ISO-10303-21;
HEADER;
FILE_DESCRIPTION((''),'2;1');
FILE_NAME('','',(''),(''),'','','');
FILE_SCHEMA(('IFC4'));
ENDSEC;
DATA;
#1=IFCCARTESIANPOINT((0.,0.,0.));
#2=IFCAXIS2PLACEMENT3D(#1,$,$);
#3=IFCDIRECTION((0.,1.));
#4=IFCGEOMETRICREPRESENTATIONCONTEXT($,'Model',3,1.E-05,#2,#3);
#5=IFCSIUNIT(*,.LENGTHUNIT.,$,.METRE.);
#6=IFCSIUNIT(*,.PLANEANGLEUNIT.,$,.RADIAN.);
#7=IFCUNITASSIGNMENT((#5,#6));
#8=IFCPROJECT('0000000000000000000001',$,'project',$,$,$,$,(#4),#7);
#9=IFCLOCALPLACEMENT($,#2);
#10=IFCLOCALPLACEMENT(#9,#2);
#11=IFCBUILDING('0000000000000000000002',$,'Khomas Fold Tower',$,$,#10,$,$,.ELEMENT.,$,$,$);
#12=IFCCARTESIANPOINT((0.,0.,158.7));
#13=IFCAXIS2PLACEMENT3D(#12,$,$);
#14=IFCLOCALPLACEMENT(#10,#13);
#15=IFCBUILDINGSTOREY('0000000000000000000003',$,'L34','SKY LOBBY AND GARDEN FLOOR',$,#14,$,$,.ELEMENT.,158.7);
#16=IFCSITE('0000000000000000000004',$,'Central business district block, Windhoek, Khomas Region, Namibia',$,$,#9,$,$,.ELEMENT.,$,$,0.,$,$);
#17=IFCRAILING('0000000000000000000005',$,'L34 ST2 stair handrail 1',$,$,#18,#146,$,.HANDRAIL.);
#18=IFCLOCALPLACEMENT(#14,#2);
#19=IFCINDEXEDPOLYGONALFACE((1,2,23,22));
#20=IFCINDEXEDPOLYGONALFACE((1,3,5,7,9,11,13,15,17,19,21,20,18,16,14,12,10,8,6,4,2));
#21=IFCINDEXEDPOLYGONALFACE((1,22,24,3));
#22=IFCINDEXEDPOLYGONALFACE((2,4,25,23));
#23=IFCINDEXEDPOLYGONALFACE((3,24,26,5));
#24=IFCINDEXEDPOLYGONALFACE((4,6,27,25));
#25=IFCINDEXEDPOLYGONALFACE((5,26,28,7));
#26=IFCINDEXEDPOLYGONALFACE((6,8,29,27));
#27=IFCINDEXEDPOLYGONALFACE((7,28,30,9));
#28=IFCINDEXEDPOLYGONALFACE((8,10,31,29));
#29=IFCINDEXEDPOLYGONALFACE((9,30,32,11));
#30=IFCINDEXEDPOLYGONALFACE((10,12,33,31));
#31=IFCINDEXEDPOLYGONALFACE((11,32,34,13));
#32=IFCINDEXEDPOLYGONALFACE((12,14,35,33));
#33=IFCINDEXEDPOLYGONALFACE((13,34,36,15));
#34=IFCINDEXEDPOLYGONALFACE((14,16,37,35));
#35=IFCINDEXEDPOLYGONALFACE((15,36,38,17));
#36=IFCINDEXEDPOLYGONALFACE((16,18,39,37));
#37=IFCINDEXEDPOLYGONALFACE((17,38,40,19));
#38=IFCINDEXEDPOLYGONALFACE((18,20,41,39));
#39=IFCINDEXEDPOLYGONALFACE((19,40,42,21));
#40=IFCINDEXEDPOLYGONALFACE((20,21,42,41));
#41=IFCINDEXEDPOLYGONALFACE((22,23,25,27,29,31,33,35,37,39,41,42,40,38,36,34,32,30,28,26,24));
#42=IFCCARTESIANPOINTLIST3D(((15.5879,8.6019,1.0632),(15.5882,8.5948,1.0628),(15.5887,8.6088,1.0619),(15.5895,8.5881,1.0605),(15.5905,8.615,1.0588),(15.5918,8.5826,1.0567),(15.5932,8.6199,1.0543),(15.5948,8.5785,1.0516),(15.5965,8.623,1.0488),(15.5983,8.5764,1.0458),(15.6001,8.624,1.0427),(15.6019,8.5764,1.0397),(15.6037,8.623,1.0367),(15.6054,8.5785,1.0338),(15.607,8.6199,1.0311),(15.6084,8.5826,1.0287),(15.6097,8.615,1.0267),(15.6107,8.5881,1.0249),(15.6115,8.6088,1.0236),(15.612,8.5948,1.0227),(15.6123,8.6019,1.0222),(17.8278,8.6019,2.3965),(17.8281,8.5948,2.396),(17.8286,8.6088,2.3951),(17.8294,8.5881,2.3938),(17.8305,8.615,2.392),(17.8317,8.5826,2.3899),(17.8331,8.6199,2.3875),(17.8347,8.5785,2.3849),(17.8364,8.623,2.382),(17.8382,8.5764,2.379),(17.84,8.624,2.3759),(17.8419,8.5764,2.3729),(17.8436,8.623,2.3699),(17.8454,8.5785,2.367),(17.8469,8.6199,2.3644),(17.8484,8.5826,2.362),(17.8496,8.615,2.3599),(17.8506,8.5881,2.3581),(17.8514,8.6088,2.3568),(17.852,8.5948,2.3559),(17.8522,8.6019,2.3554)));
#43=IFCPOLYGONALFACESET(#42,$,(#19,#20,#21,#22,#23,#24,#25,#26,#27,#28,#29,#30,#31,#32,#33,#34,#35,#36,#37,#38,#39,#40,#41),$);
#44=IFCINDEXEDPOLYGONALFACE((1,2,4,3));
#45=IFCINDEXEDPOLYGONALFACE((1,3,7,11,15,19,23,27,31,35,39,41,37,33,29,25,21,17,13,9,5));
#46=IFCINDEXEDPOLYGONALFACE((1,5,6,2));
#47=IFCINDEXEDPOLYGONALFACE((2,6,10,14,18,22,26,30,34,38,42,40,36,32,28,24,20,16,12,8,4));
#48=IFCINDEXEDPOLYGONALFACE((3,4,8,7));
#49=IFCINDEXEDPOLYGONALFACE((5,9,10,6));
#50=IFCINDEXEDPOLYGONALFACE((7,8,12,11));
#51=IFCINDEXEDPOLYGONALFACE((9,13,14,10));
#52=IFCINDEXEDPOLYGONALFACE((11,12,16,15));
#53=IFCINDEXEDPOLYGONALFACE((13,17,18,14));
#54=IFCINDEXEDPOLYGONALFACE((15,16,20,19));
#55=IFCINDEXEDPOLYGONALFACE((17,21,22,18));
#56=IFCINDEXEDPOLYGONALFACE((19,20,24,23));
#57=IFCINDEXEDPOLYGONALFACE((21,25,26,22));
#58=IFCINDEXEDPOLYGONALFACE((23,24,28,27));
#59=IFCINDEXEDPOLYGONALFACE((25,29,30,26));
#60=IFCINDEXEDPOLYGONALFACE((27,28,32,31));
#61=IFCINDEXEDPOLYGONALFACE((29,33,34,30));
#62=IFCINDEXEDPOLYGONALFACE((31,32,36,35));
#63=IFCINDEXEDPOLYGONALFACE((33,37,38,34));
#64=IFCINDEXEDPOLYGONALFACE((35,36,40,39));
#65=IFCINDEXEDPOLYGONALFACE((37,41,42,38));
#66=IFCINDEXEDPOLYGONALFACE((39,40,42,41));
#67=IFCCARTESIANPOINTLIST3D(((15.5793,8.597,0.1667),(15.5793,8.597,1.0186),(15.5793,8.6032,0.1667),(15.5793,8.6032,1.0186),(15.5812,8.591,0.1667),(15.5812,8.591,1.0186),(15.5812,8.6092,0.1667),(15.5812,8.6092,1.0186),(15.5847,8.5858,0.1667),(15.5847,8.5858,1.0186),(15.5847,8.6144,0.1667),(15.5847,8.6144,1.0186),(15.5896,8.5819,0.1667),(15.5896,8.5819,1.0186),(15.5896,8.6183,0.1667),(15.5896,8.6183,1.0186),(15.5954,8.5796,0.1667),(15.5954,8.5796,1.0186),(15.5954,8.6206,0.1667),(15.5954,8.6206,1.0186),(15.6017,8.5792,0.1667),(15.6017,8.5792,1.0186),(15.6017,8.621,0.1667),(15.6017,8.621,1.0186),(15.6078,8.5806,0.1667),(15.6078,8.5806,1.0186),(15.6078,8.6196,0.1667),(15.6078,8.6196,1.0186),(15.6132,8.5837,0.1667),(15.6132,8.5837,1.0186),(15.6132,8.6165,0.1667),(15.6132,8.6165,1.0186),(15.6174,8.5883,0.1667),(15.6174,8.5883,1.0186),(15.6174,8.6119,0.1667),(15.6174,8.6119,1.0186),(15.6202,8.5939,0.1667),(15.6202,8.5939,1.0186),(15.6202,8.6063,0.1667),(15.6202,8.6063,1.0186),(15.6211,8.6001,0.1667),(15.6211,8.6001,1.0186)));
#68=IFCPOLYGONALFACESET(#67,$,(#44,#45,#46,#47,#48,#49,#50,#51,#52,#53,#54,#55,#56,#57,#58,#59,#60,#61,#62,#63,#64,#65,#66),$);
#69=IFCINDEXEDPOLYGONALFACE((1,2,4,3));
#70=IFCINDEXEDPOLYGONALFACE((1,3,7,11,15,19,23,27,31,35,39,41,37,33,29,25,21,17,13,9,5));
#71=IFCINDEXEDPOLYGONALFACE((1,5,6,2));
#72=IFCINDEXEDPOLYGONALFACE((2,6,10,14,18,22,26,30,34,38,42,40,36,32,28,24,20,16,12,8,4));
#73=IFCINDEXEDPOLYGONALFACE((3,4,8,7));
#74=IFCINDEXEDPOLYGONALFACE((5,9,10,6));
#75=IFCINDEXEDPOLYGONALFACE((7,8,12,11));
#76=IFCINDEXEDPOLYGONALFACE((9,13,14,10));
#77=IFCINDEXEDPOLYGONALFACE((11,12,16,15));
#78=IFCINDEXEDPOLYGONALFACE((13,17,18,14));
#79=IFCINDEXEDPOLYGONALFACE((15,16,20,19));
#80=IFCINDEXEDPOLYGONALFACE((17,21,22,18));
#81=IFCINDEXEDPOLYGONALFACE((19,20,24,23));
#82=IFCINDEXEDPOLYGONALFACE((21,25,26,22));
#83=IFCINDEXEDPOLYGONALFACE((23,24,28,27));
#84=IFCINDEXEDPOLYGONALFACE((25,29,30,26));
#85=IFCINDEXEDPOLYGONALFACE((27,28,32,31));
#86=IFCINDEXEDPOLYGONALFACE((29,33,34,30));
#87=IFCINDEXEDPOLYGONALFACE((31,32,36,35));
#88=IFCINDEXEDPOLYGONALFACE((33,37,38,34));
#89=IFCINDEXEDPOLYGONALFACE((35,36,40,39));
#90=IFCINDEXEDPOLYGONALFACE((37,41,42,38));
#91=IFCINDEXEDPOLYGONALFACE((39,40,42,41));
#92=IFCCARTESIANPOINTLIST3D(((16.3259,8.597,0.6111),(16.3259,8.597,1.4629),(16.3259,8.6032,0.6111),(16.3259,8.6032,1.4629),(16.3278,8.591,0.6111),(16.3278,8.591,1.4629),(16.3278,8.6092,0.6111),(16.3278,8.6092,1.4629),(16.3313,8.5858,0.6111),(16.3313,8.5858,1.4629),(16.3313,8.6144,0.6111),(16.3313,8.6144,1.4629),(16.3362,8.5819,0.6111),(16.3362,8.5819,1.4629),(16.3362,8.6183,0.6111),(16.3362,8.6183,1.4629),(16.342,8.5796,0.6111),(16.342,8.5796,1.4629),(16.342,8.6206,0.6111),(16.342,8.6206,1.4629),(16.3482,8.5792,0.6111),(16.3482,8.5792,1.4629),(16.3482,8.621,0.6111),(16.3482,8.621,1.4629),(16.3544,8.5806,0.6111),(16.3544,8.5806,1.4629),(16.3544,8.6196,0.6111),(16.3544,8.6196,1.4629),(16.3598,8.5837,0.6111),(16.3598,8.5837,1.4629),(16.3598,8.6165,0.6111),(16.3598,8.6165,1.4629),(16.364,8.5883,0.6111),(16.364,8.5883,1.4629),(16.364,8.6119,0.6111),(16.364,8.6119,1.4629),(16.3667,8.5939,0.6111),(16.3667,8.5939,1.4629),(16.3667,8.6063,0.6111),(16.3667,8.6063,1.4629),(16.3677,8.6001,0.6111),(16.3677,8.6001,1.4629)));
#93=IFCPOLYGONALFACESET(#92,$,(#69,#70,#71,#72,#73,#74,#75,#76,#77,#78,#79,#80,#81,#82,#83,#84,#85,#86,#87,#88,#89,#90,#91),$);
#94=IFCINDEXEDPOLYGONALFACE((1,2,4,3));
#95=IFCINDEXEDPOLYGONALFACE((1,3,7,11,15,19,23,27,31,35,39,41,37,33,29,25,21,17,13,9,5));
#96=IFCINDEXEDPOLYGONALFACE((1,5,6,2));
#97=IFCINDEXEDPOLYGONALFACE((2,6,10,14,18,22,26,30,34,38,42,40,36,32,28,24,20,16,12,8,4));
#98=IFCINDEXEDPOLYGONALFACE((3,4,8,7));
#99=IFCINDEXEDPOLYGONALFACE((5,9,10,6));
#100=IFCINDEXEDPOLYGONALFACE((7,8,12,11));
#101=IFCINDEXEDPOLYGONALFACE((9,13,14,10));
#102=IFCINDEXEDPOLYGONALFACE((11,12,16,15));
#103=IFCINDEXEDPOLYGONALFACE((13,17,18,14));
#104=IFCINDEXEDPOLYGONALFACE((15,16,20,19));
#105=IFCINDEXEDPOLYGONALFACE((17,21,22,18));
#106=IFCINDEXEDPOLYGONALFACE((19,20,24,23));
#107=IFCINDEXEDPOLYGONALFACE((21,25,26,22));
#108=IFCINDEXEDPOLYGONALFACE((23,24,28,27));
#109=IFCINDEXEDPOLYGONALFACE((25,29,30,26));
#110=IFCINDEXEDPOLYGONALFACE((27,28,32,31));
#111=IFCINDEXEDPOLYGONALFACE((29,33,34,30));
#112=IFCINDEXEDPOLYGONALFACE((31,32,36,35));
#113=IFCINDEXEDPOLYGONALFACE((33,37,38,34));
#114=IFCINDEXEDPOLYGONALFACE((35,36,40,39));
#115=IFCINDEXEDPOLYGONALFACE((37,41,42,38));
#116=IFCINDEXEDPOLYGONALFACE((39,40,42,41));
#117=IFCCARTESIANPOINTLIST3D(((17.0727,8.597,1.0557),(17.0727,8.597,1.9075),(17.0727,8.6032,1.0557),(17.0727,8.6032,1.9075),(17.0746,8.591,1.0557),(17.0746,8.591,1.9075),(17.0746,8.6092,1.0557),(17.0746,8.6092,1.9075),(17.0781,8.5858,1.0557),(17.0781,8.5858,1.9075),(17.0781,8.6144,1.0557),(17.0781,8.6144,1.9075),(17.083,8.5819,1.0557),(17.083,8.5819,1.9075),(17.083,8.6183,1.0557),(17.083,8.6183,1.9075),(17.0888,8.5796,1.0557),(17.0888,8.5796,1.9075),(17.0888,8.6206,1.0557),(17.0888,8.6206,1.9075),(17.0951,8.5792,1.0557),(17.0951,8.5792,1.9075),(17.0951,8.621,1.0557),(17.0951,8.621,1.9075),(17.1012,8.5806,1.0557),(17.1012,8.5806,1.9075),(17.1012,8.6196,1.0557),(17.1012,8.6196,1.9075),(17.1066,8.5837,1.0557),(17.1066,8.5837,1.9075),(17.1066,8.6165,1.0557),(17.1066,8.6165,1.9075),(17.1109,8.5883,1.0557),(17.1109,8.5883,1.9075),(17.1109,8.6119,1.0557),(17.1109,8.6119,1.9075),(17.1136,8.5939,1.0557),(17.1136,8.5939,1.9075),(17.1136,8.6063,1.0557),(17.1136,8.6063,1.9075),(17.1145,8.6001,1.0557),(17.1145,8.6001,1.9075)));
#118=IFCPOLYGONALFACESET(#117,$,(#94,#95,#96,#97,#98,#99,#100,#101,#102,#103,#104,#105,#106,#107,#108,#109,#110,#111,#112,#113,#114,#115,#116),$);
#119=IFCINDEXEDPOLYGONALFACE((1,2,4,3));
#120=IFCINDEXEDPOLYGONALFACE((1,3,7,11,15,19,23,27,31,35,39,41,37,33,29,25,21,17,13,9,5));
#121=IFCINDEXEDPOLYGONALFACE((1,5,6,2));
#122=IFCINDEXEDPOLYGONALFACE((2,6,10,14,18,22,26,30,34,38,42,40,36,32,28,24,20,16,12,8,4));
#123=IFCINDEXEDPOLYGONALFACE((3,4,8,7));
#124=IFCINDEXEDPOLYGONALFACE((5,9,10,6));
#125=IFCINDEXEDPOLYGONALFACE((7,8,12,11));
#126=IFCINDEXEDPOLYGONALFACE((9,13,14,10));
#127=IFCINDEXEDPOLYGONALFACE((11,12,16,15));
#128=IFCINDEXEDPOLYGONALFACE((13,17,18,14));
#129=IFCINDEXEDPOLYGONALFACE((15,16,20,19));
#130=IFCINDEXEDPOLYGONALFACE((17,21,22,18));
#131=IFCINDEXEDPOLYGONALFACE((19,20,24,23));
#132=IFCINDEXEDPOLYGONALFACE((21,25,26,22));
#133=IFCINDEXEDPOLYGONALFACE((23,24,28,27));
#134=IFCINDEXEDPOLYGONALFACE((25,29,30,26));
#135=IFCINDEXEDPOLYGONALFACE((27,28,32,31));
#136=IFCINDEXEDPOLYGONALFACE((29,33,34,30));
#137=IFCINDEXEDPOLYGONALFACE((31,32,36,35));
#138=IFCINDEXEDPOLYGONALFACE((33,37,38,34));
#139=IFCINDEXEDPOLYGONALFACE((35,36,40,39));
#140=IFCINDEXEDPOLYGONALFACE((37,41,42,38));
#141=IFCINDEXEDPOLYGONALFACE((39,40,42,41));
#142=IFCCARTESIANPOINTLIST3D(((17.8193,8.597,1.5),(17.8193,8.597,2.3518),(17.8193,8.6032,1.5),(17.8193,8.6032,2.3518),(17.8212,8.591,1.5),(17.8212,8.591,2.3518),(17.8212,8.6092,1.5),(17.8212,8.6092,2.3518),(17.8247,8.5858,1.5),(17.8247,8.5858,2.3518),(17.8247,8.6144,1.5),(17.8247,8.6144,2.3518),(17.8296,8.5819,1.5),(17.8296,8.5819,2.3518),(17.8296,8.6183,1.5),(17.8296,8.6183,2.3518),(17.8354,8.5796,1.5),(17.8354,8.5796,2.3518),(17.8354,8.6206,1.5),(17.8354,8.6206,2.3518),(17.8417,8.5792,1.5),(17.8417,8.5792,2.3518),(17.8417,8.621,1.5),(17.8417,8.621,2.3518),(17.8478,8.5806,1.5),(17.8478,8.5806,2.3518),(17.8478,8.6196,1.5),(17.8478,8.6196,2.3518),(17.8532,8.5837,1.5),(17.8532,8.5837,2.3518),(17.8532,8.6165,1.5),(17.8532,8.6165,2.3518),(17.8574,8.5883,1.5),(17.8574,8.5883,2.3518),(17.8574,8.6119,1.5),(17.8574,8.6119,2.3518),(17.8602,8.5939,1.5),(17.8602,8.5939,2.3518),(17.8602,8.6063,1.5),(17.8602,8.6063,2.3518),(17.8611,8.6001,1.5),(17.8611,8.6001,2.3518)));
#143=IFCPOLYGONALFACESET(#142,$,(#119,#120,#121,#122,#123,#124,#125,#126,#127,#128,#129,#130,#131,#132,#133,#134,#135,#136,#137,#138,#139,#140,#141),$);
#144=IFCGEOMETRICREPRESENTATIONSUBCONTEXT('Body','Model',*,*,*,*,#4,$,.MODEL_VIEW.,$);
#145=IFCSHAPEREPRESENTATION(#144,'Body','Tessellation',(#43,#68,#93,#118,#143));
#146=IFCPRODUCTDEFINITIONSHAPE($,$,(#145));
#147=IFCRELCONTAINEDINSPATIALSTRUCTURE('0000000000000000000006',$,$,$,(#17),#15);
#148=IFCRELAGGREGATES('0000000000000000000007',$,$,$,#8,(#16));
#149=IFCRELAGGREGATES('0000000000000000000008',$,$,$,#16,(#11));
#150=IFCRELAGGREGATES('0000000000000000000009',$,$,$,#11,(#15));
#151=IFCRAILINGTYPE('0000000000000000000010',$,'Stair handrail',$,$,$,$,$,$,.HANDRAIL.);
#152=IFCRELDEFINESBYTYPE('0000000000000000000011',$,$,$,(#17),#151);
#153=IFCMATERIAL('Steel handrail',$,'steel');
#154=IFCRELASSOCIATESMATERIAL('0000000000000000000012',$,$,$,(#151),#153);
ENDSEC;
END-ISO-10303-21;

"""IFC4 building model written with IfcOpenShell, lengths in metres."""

from ifc_helpers import new_model, si_unit, direction, frame, origin, origin_2d, place, context, subcontext, project, spatial, circle, extrude, source, transform, mapped, material, type_object, element, save


model = new_model("IFC4")

# Units and contexts
model_context = context("Model", 3, precision=1e-05, world=origin(), true_north=direction((0.0, 1.0)))
body_context = subcontext(model_context, "Body", "Model", "MODEL_VIEW")
ifc_project = project(units=[si_unit("LENGTHUNIT", "METRE"), si_unit("PLANEANGLEUNIT", "RADIAN")], contexts=[model_context])

# Site, building, storey
site_placement = place(None, origin())
site = spatial("IfcSite", under=ifc_project, at=site_placement, Name="Central business district block, Windhoek, Khomas Region, Namibia", CompositionType="ELEMENT", RefElevation=0.0)
building_placement = place(site_placement, origin())
building = spatial("IfcBuilding", under=site, at=building_placement, Name="Khomas Fold Tower", CompositionType="ELEMENT")
storey_placement = place(building_placement, frame((0.0, 0.0, 158.7)))
storey = spatial("IfcBuildingStorey", under=building, at=storey_placement, Name="L34", Description="SKY LOBBY AND GARDEN FLOOR", CompositionType="ELEMENT", Elevation=158.7)

# Railing
ifc_material_1 = material(Name="Steel handrail", Category="steel")
railing_type_1 = type_object("IfcRailingType", Name="Stair handrail", PredefinedType="HANDRAIL", material=ifc_material_1)
shared_shape_1 = source(origin(), body_context, "Body", "SweptSolid", [
    extrude(circle(Radius=0.0239, at=origin_2d()), frame((0.0, 0.0, 0.876), z_axis=(0.859306, 0.0, 0.511462), x_axis=(0.0, 1.0, 0.0)), (0.0, 0.0, 1.0), 2.6067),
    extrude(circle(Radius=0.021, at=origin_2d()), origin(), (0.0, 0.0, 1.0), 0.8518),
    extrude(circle(Radius=0.021, at=origin_2d()), frame((0.7466, 0.0, 0.4443)), (0.0, 0.0, 1.0), 0.8518),
    extrude(circle(Radius=0.021, at=origin_2d()), frame((1.4934, 0.0, 0.8889)), (0.0, 0.0, 1.0), 0.8518),
    extrude(circle(Radius=0.021, at=origin_2d()), frame((2.24, 0.0, 1.3333)), (0.0, 0.0, 1.0), 0.8518),
])
for number, where, name in (
    (1, (15.6001, 8.6001, 0.1667), "L34 ST2 stair handrail 1"),
):
    element("IfcRailing", number, at=place(storey_placement, frame(where)), inside=storey, type_object=railing_type_1, Name=name, PredefinedType="HANDRAIL", context=body_context, shape_type="MappedRepresentation", body=[
        mapped(shared_shape_1, transform((0.0, 0.0, 0.0))),
    ])

save(model, "model.ifc")
